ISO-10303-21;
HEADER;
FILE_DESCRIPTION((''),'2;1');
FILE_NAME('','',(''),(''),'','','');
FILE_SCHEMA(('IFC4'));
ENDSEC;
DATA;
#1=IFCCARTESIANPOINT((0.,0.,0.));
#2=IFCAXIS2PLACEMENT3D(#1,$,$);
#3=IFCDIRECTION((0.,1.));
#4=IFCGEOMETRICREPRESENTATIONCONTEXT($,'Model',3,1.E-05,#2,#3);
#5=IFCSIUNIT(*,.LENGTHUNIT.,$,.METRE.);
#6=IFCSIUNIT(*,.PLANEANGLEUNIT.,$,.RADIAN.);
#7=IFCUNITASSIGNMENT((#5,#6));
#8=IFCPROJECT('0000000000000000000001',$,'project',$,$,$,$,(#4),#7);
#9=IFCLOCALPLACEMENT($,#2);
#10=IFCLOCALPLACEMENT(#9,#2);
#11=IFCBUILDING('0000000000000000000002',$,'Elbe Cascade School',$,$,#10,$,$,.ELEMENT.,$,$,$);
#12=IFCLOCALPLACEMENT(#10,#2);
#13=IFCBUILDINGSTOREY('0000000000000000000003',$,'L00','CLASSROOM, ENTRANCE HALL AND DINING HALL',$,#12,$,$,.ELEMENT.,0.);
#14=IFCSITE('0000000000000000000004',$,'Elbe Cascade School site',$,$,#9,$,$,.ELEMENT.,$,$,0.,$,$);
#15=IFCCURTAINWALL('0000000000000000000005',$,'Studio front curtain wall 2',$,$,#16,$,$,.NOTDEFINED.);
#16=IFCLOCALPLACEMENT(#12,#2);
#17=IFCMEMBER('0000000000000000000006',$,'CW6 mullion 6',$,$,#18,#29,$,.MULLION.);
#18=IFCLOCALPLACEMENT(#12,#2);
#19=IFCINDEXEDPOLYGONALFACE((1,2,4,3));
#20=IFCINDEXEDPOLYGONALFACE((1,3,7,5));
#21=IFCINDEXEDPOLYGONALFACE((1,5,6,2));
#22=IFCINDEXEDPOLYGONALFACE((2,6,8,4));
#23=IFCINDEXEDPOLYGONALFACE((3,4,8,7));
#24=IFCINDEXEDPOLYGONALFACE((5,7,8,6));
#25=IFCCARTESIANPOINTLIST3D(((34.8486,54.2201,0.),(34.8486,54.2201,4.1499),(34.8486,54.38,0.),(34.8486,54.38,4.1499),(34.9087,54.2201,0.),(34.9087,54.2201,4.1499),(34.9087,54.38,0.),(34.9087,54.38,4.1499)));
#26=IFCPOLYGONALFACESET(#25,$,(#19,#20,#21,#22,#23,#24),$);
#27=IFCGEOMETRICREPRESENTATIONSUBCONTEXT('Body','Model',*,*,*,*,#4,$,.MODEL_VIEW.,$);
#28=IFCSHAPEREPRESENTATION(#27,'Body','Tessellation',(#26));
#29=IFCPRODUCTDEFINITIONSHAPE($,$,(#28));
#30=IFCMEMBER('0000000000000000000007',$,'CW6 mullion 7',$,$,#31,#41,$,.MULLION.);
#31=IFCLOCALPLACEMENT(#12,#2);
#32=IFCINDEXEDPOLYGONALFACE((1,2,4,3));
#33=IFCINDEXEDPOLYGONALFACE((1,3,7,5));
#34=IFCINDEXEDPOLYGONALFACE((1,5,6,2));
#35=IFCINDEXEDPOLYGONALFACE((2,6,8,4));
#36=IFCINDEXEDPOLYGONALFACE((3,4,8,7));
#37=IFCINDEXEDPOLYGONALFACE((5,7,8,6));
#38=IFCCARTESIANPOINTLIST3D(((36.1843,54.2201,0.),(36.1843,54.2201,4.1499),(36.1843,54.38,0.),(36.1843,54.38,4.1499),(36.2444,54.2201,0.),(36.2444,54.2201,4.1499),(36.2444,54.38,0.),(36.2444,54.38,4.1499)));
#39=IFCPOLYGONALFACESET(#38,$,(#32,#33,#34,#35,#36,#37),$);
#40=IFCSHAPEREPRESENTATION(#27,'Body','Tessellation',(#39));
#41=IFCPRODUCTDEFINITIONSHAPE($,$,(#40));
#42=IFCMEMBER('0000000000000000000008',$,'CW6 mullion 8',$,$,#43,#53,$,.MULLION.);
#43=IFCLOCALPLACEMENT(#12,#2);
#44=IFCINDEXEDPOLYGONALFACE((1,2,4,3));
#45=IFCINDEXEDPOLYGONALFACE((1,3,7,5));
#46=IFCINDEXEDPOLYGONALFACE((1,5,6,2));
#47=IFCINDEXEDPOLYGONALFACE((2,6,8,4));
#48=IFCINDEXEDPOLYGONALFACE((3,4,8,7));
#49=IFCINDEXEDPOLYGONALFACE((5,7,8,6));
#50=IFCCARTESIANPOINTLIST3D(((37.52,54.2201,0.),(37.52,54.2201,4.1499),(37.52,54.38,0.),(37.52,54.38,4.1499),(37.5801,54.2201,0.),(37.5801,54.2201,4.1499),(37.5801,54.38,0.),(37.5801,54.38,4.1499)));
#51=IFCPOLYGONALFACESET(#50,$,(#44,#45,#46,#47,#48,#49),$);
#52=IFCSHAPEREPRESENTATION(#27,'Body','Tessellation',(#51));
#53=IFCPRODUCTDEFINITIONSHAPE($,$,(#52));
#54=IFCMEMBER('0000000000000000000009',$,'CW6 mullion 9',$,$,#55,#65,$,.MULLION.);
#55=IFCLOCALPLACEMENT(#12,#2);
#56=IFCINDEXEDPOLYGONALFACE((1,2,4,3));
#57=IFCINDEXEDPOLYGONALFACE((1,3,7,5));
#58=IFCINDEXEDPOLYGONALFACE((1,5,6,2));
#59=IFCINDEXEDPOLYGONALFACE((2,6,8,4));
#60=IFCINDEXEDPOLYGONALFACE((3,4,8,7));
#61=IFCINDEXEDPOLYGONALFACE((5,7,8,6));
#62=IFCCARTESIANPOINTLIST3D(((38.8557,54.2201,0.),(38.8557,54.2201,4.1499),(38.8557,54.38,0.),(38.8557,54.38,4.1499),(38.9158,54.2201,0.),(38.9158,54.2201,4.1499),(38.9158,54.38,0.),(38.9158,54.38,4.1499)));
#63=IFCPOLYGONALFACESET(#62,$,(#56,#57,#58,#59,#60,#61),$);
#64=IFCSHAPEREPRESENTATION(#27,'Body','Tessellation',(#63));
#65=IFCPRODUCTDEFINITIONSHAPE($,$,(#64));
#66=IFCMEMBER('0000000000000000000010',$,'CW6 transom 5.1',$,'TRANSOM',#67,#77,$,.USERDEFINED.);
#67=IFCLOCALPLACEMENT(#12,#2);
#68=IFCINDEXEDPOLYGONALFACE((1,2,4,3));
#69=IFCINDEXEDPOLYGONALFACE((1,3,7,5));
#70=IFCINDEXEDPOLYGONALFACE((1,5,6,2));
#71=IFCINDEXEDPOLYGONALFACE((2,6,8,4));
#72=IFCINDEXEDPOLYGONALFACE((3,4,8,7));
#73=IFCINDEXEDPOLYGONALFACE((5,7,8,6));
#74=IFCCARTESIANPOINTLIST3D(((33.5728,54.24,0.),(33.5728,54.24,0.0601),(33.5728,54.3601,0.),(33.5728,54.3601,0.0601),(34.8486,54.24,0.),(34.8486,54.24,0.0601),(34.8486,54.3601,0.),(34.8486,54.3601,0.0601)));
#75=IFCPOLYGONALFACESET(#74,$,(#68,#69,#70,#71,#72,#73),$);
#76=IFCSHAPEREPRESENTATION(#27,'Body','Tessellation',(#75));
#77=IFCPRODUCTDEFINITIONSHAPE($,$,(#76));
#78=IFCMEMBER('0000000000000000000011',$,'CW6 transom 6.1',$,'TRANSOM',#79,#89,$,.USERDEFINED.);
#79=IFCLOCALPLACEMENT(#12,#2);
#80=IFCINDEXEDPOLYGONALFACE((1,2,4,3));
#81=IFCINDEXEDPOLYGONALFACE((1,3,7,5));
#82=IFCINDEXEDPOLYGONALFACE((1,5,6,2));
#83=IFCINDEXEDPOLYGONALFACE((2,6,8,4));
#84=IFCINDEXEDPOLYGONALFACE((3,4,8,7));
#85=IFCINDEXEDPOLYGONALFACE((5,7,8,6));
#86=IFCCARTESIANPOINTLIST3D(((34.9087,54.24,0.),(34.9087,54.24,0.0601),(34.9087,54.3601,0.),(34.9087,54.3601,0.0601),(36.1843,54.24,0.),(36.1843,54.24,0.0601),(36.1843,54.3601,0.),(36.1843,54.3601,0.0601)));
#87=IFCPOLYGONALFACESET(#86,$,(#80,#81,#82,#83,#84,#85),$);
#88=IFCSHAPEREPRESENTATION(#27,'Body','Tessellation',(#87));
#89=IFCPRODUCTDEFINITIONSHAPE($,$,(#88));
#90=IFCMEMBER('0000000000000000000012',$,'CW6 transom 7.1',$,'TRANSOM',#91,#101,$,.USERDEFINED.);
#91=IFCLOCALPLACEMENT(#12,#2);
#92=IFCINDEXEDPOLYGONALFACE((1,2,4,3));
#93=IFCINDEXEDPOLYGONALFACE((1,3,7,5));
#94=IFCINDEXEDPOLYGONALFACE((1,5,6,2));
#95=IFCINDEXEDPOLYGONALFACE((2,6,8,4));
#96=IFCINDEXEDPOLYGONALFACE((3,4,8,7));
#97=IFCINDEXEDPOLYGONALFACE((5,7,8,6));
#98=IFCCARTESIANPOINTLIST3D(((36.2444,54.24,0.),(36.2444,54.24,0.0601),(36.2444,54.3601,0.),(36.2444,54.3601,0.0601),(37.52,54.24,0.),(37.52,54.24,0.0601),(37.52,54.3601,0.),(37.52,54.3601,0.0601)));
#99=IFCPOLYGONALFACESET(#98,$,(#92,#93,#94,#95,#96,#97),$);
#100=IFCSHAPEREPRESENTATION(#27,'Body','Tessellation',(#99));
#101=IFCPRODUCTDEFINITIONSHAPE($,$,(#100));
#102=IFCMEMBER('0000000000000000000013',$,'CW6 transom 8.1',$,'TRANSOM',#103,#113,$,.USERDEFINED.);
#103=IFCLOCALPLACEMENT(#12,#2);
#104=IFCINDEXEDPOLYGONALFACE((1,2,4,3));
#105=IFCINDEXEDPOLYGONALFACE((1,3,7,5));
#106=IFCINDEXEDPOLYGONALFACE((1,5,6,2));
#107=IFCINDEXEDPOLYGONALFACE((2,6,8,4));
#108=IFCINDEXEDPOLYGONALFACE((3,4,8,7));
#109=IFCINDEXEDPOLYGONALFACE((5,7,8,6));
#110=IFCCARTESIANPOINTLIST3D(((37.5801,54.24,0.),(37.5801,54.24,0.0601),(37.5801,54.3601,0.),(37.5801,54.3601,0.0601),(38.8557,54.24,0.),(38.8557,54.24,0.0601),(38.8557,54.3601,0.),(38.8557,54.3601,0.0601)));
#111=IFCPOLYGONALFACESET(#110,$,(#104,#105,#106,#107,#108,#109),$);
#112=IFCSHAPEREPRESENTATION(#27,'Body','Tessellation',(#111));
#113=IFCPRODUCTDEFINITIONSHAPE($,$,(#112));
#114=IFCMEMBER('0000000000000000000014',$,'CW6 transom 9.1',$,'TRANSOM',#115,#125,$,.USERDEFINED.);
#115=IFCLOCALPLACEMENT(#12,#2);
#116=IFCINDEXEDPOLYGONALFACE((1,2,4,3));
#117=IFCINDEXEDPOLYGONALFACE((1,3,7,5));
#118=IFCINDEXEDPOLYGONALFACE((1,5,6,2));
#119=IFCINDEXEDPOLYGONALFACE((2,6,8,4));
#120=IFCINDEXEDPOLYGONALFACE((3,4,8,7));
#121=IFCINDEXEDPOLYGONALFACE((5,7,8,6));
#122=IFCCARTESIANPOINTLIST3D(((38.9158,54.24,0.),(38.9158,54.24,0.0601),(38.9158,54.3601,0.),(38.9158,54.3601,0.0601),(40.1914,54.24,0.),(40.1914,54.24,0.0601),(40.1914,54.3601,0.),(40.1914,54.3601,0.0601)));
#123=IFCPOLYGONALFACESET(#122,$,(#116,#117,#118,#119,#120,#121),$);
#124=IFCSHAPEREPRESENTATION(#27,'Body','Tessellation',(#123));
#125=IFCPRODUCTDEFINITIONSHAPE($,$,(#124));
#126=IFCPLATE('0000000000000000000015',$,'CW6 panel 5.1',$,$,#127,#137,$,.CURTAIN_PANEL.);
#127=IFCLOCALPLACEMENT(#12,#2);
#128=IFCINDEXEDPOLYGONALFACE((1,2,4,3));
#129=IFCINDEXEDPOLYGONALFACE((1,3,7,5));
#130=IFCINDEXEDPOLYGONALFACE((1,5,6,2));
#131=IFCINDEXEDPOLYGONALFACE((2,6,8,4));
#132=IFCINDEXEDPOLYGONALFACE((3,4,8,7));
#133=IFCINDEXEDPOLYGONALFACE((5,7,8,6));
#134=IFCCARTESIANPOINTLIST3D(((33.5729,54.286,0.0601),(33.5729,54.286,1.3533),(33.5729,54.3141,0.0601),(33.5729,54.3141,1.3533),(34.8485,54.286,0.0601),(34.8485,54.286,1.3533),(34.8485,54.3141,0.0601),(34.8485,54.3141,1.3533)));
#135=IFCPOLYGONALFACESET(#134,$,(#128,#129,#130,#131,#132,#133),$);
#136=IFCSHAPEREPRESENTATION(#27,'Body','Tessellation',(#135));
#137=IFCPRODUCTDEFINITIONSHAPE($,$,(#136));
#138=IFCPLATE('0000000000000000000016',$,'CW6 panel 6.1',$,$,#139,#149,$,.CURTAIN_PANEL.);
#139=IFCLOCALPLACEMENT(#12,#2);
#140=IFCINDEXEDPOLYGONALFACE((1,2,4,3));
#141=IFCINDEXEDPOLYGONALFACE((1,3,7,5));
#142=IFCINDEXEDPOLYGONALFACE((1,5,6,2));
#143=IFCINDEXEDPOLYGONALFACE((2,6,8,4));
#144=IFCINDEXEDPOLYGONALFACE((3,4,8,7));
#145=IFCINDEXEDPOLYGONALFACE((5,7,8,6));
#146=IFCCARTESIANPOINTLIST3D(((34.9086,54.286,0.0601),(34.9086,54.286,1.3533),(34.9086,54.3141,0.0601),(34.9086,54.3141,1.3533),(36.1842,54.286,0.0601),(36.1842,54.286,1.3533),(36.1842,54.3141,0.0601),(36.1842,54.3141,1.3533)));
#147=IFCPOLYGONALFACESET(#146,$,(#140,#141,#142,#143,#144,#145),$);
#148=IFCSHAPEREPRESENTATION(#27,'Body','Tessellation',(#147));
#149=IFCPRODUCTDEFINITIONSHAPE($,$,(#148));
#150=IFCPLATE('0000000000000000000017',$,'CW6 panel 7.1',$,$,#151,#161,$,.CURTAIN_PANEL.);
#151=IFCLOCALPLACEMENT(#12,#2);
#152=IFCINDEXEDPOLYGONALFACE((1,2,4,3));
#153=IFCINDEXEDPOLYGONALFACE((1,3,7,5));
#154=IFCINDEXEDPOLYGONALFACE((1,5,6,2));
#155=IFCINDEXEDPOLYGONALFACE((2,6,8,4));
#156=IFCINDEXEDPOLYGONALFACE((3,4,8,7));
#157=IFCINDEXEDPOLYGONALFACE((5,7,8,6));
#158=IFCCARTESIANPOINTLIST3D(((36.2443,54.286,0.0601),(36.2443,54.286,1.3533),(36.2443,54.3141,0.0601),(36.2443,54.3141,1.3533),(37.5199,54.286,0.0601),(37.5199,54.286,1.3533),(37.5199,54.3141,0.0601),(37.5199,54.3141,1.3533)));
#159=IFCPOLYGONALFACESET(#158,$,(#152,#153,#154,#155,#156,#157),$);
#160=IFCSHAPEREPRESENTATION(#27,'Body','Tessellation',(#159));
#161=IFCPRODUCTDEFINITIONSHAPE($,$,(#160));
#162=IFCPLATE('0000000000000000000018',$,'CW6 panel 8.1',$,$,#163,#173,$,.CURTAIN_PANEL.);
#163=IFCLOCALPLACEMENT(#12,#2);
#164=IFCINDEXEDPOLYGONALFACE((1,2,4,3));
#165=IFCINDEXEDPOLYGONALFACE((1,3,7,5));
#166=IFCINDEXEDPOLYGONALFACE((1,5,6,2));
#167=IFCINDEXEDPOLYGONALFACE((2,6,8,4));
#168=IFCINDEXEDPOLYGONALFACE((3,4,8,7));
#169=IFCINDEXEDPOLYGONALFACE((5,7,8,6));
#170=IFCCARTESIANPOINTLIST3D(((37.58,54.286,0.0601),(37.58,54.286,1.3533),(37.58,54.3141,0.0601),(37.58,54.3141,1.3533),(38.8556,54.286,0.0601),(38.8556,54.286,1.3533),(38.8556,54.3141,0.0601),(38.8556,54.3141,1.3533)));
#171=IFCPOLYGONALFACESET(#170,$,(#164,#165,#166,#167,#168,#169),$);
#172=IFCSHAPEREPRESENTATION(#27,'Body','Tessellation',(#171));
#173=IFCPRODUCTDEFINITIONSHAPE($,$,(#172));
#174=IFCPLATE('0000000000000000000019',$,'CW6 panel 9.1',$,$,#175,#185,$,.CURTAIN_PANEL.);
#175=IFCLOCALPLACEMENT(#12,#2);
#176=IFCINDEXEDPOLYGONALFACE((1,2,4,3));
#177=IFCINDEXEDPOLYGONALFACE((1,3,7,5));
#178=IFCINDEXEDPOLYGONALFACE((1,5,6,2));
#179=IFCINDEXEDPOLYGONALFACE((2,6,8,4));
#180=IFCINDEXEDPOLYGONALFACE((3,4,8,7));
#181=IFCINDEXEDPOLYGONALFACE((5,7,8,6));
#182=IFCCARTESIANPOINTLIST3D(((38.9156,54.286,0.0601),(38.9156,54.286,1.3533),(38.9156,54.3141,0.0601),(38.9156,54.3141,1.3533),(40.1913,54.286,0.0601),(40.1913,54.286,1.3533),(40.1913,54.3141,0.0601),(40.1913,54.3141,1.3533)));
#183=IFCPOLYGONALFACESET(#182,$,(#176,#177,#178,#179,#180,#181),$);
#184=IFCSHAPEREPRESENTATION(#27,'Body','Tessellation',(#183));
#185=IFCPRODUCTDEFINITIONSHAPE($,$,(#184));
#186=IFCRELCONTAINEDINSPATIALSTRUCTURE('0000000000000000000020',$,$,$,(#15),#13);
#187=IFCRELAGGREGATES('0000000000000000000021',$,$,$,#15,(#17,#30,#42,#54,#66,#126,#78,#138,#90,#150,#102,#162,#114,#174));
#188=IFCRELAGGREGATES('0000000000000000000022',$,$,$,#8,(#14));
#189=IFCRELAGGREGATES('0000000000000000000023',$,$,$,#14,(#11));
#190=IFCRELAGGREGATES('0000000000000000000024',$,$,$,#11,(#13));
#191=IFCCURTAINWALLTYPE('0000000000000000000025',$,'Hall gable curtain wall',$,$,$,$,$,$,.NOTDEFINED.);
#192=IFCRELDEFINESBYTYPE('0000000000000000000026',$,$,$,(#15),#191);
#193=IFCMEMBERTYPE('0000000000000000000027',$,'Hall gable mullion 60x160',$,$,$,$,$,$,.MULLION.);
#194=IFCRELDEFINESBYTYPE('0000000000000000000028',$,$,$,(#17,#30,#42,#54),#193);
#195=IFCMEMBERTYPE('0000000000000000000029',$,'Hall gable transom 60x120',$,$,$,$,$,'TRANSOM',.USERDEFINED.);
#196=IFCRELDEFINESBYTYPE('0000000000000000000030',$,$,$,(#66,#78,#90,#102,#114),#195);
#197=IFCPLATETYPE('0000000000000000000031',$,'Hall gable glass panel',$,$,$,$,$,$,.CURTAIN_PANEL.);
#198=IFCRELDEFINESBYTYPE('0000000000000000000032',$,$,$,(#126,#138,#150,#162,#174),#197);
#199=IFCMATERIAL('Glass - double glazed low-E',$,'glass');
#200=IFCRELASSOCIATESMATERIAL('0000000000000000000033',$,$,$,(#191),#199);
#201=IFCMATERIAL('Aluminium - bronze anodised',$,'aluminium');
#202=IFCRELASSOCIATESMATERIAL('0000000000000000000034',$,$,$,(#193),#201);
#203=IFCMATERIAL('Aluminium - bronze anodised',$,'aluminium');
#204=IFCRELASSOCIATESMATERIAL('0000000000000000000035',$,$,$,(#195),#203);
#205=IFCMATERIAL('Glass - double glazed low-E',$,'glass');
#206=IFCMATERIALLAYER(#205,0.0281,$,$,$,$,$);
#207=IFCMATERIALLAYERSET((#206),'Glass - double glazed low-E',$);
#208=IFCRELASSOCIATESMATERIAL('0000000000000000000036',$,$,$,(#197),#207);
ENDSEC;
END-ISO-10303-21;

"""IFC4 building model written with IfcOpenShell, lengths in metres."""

from ifc_helpers import new_model, si_unit, direction, frame, origin, origin_2d, place, context, subcontext, project, spatial, rectangle, extrude, material, layer, layer_set, material_profile, profile_set, type_object, element, aggregate, save


model = new_model("IFC4")

# Units and contexts
model_context = context("Model", 3, precision=1e-05, world=origin(), true_north=direction((0.0, 1.0)))
body_context = subcontext(model_context, "Body", "Model", "MODEL_VIEW")
ifc_project = project(units=[si_unit("LENGTHUNIT", "METRE"), si_unit("PLANEANGLEUNIT", "RADIAN")], contexts=[model_context])

# Site, building, storey
site_placement = place(None, origin())
site = spatial("IfcSite", under=ifc_project, at=site_placement, Name="Elbe Cascade School site", CompositionType="ELEMENT", RefElevation=0.0)
building_placement = place(site_placement, origin())
building = spatial("IfcBuilding", under=site, at=building_placement, Name="Elbe Cascade School", CompositionType="ELEMENT")
storey_placement = place(building_placement, origin())
storey = spatial("IfcBuildingStorey", under=building, at=storey_placement, Name="L00", Description="CLASSROOM, ENTRANCE HALL AND DINING HALL", CompositionType="ELEMENT", Elevation=0.0)

# Curtain wall, members, plates
ifc_material_1 = material(Name="Glass - double glazed low-E", Category="glass")
curtain_wall_type = type_object("IfcCurtainWallType", Name="Hall gable curtain wall", PredefinedType="NOTDEFINED", material=ifc_material_1)
curtain_wall_placement = place(storey_placement, origin())
curtain_wall = element("IfcCurtainWall", 1, at=curtain_wall_placement, inside=storey, type_object=curtain_wall_type, Name="Studio front curtain wall 2", PredefinedType="NOTDEFINED")
ifc_material_2 = material(Name="Aluminium - bronze anodised", Category="aluminium")
ifc_material_profile_1 = material_profile(ifc_material_2, rectangle(XDim=0.1599, YDim=0.0601, at=origin_2d()), Name="Alu 60x160")
ifc_profile_set_1 = profile_set([ifc_material_profile_1], Name="Aluminium - bronze anodised")
member_type_1 = type_object("IfcMemberType", Name="Hall gable mullion 60x160", PredefinedType="MULLION", material=ifc_profile_set_1)
member_1_placement = place(storey_placement, frame((34.8787, 54.3, 0.0), z_axis=(0.0, 0.0, 1.0), x_axis=(0.0, 1.0, 0.0)))
member_1 = element("IfcMember", 2, at=member_1_placement, type_object=member_type_1, Name="CW6 mullion 6", PredefinedType="MULLION", context=body_context, shape_type="SweptSolid", body=[
    extrude(rectangle(XDim=0.1599, YDim=0.0601, at=origin_2d()), origin(), (0.0, 0.0, 1.0), 4.1499),
])
member_2_placement = place(storey_placement, frame((36.2144, 54.3, 0.0), z_axis=(0.0, 0.0, 1.0), x_axis=(0.0, 1.0, 0.0)))
member_2 = element("IfcMember", 3, at=member_2_placement, type_object=member_type_1, Name="CW6 mullion 7", PredefinedType="MULLION", context=body_context, shape_type="SweptSolid", body=[
    extrude(rectangle(XDim=0.1599, YDim=0.0601, at=origin_2d()), origin(), (0.0, 0.0, 1.0), 4.1499),
])
member_3_placement = place(storey_placement, frame((37.55, 54.3, 0.0), z_axis=(0.0, 0.0, 1.0), x_axis=(0.0, 1.0, 0.0)))
member_3 = element("IfcMember", 4, at=member_3_placement, type_object=member_type_1, Name="CW6 mullion 8", PredefinedType="MULLION", context=body_context, shape_type="SweptSolid", body=[
    extrude(rectangle(XDim=0.1599, YDim=0.0601, at=origin_2d()), origin(), (0.0, 0.0, 1.0), 4.1499),
])
member_4_placement = place(storey_placement, frame((38.8857, 54.3, 0.0), z_axis=(0.0, 0.0, 1.0), x_axis=(0.0, 1.0, 0.0)))
member_4 = element("IfcMember", 5, at=member_4_placement, type_object=member_type_1, Name="CW6 mullion 9", PredefinedType="MULLION", context=body_context, shape_type="SweptSolid", body=[
    extrude(rectangle(XDim=0.1599, YDim=0.0601, at=origin_2d()), origin(), (0.0, 0.0, 1.0), 4.1499),
])
ifc_material_3 = material(Name="Aluminium - bronze anodised", Category="aluminium")
ifc_material_profile_2 = material_profile(ifc_material_3, rectangle(XDim=0.1201, YDim=0.0601, at=origin_2d()), Name="Alu 60x120")
ifc_profile_set_2 = profile_set([ifc_material_profile_2], Name="Aluminium - bronze anodised")
member_type_2 = type_object("IfcMemberType", Name="Hall gable transom 60x120", ElementType="TRANSOM", PredefinedType="USERDEFINED", material=ifc_profile_set_2)
member_5_placement = place(storey_placement, frame((33.5728, 54.3, 0.03), z_axis=(1.0, 0.0, 0.0), x_axis=(0.0, 1.0, 0.0)))
member_5 = element("IfcMember", 6, at=member_5_placement, type_object=member_type_2, Name="CW6 transom 5.1", ObjectType="TRANSOM", PredefinedType="USERDEFINED", context=body_context, shape_type="SweptSolid", body=[
    extrude(rectangle(XDim=0.1201, YDim=0.0601, at=origin_2d()), origin(), (0.0, 0.0, 1.0), 1.2759),
])
member_6_placement = place(storey_placement, frame((34.9087, 54.3, 0.03), z_axis=(1.0, 0.0, 0.0), x_axis=(0.0, 1.0, 0.0)))
member_6 = element("IfcMember", 7, at=member_6_placement, type_object=member_type_2, Name="CW6 transom 6.1", ObjectType="TRANSOM", PredefinedType="USERDEFINED", context=body_context, shape_type="SweptSolid", body=[
    extrude(rectangle(XDim=0.1201, YDim=0.0601, at=origin_2d()), origin(), (0.0, 0.0, 1.0), 1.2756),
])
member_7_placement = place(storey_placement, frame((36.2444, 54.3, 0.03), z_axis=(1.0, 0.0, 0.0), x_axis=(0.0, 1.0, 0.0)))
member_7 = element("IfcMember", 8, at=member_7_placement, type_object=member_type_2, Name="CW6 transom 7.1", ObjectType="TRANSOM", PredefinedType="USERDEFINED", context=body_context, shape_type="SweptSolid", body=[
    extrude(rectangle(XDim=0.1201, YDim=0.0601, at=origin_2d()), origin(), (0.0, 0.0, 1.0), 1.2756),
])
member_8_placement = place(storey_placement, frame((37.5801, 54.3, 0.03), z_axis=(1.0, 0.0, 0.0), x_axis=(0.0, 1.0, 0.0)))
member_8 = element("IfcMember", 9, at=member_8_placement, type_object=member_type_2, Name="CW6 transom 8.1", ObjectType="TRANSOM", PredefinedType="USERDEFINED", context=body_context, shape_type="SweptSolid", body=[
    extrude(rectangle(XDim=0.1201, YDim=0.0601, at=origin_2d()), origin(), (0.0, 0.0, 1.0), 1.2756),
])
member_9_placement = place(storey_placement, frame((38.9158, 54.3, 0.03), z_axis=(1.0, 0.0, 0.0), x_axis=(0.0, 1.0, 0.0)))
member_9 = element("IfcMember", 10, at=member_9_placement, type_object=member_type_2, Name="CW6 transom 9.1", ObjectType="TRANSOM", PredefinedType="USERDEFINED", context=body_context, shape_type="SweptSolid", body=[
    extrude(rectangle(XDim=0.1201, YDim=0.0601, at=origin_2d()), origin(), (0.0, 0.0, 1.0), 1.2756),
])
ifc_material_4 = material(Name="Glass - double glazed low-E", Category="glass")
ifc_layer = layer(ifc_material_4, 0.0281)
ifc_layer_set = layer_set([ifc_layer], Name="Glass - double glazed low-E")
plate_type = type_object("IfcPlateType", Name="Hall gable glass panel", PredefinedType="CURTAIN_PANEL", material=ifc_layer_set)
plate_1_placement = place(storey_placement, frame((34.2107, 54.3, 0.0601), z_axis=(0.0, 0.0, 1.0), x_axis=(1.0, 0.0, 0.0)))
plate_1 = element("IfcPlate", 11, at=plate_1_placement, type_object=plate_type, Name="CW6 panel 5.1", PredefinedType="CURTAIN_PANEL", context=body_context, shape_type="SweptSolid", body=[
    extrude(rectangle(XDim=1.2756, YDim=0.0281, at=origin_2d()), origin(), (0.0, 0.0, 1.0), 1.2932),
])
plate_2_placement = place(storey_placement, frame((35.5464, 54.3, 0.0601), z_axis=(0.0, 0.0, 1.0), x_axis=(1.0, 0.0, 0.0)))
plate_2 = element("IfcPlate", 12, at=plate_2_placement, type_object=plate_type, Name="CW6 panel 6.1", PredefinedType="CURTAIN_PANEL", context=body_context, shape_type="SweptSolid", body=[
    extrude(rectangle(XDim=1.2756, YDim=0.0281, at=origin_2d()), origin(), (0.0, 0.0, 1.0), 1.2932),
])
plate_3_placement = place(storey_placement, frame((36.8821, 54.3, 0.0601), z_axis=(0.0, 0.0, 1.0), x_axis=(1.0, 0.0, 0.0)))
plate_3 = element("IfcPlate", 13, at=plate_3_placement, type_object=plate_type, Name="CW6 panel 7.1", PredefinedType="CURTAIN_PANEL", context=body_context, shape_type="SweptSolid", body=[
    extrude(rectangle(XDim=1.2756, YDim=0.0281, at=origin_2d()), origin(), (0.0, 0.0, 1.0), 1.2932),
])
plate_4_placement = place(storey_placement, frame((38.2178, 54.3, 0.0601), z_axis=(0.0, 0.0, 1.0), x_axis=(1.0, 0.0, 0.0)))
plate_4 = element("IfcPlate", 14, at=plate_4_placement, type_object=plate_type, Name="CW6 panel 8.1", PredefinedType="CURTAIN_PANEL", context=body_context, shape_type="SweptSolid", body=[
    extrude(rectangle(XDim=1.2756, YDim=0.0281, at=origin_2d()), origin(), (0.0, 0.0, 1.0), 1.2932),
])
plate_5_placement = place(storey_placement, frame((39.5535, 54.3, 0.0601), z_axis=(0.0, 0.0, 1.0), x_axis=(1.0, 0.0, 0.0)))
plate_5 = element("IfcPlate", 15, at=plate_5_placement, type_object=plate_type, Name="CW6 panel 9.1", PredefinedType="CURTAIN_PANEL", context=body_context, shape_type="SweptSolid", body=[
    extrude(rectangle(XDim=1.2756, YDim=0.0281, at=origin_2d()), origin(), (0.0, 0.0, 1.0), 1.2932),
])
aggregate(curtain_wall, [member_1, member_2, member_3, member_4, member_5, plate_1, member_6, plate_2, member_7, plate_3, member_8, plate_4, member_9, plate_5])

save(model, "model.ifc")
